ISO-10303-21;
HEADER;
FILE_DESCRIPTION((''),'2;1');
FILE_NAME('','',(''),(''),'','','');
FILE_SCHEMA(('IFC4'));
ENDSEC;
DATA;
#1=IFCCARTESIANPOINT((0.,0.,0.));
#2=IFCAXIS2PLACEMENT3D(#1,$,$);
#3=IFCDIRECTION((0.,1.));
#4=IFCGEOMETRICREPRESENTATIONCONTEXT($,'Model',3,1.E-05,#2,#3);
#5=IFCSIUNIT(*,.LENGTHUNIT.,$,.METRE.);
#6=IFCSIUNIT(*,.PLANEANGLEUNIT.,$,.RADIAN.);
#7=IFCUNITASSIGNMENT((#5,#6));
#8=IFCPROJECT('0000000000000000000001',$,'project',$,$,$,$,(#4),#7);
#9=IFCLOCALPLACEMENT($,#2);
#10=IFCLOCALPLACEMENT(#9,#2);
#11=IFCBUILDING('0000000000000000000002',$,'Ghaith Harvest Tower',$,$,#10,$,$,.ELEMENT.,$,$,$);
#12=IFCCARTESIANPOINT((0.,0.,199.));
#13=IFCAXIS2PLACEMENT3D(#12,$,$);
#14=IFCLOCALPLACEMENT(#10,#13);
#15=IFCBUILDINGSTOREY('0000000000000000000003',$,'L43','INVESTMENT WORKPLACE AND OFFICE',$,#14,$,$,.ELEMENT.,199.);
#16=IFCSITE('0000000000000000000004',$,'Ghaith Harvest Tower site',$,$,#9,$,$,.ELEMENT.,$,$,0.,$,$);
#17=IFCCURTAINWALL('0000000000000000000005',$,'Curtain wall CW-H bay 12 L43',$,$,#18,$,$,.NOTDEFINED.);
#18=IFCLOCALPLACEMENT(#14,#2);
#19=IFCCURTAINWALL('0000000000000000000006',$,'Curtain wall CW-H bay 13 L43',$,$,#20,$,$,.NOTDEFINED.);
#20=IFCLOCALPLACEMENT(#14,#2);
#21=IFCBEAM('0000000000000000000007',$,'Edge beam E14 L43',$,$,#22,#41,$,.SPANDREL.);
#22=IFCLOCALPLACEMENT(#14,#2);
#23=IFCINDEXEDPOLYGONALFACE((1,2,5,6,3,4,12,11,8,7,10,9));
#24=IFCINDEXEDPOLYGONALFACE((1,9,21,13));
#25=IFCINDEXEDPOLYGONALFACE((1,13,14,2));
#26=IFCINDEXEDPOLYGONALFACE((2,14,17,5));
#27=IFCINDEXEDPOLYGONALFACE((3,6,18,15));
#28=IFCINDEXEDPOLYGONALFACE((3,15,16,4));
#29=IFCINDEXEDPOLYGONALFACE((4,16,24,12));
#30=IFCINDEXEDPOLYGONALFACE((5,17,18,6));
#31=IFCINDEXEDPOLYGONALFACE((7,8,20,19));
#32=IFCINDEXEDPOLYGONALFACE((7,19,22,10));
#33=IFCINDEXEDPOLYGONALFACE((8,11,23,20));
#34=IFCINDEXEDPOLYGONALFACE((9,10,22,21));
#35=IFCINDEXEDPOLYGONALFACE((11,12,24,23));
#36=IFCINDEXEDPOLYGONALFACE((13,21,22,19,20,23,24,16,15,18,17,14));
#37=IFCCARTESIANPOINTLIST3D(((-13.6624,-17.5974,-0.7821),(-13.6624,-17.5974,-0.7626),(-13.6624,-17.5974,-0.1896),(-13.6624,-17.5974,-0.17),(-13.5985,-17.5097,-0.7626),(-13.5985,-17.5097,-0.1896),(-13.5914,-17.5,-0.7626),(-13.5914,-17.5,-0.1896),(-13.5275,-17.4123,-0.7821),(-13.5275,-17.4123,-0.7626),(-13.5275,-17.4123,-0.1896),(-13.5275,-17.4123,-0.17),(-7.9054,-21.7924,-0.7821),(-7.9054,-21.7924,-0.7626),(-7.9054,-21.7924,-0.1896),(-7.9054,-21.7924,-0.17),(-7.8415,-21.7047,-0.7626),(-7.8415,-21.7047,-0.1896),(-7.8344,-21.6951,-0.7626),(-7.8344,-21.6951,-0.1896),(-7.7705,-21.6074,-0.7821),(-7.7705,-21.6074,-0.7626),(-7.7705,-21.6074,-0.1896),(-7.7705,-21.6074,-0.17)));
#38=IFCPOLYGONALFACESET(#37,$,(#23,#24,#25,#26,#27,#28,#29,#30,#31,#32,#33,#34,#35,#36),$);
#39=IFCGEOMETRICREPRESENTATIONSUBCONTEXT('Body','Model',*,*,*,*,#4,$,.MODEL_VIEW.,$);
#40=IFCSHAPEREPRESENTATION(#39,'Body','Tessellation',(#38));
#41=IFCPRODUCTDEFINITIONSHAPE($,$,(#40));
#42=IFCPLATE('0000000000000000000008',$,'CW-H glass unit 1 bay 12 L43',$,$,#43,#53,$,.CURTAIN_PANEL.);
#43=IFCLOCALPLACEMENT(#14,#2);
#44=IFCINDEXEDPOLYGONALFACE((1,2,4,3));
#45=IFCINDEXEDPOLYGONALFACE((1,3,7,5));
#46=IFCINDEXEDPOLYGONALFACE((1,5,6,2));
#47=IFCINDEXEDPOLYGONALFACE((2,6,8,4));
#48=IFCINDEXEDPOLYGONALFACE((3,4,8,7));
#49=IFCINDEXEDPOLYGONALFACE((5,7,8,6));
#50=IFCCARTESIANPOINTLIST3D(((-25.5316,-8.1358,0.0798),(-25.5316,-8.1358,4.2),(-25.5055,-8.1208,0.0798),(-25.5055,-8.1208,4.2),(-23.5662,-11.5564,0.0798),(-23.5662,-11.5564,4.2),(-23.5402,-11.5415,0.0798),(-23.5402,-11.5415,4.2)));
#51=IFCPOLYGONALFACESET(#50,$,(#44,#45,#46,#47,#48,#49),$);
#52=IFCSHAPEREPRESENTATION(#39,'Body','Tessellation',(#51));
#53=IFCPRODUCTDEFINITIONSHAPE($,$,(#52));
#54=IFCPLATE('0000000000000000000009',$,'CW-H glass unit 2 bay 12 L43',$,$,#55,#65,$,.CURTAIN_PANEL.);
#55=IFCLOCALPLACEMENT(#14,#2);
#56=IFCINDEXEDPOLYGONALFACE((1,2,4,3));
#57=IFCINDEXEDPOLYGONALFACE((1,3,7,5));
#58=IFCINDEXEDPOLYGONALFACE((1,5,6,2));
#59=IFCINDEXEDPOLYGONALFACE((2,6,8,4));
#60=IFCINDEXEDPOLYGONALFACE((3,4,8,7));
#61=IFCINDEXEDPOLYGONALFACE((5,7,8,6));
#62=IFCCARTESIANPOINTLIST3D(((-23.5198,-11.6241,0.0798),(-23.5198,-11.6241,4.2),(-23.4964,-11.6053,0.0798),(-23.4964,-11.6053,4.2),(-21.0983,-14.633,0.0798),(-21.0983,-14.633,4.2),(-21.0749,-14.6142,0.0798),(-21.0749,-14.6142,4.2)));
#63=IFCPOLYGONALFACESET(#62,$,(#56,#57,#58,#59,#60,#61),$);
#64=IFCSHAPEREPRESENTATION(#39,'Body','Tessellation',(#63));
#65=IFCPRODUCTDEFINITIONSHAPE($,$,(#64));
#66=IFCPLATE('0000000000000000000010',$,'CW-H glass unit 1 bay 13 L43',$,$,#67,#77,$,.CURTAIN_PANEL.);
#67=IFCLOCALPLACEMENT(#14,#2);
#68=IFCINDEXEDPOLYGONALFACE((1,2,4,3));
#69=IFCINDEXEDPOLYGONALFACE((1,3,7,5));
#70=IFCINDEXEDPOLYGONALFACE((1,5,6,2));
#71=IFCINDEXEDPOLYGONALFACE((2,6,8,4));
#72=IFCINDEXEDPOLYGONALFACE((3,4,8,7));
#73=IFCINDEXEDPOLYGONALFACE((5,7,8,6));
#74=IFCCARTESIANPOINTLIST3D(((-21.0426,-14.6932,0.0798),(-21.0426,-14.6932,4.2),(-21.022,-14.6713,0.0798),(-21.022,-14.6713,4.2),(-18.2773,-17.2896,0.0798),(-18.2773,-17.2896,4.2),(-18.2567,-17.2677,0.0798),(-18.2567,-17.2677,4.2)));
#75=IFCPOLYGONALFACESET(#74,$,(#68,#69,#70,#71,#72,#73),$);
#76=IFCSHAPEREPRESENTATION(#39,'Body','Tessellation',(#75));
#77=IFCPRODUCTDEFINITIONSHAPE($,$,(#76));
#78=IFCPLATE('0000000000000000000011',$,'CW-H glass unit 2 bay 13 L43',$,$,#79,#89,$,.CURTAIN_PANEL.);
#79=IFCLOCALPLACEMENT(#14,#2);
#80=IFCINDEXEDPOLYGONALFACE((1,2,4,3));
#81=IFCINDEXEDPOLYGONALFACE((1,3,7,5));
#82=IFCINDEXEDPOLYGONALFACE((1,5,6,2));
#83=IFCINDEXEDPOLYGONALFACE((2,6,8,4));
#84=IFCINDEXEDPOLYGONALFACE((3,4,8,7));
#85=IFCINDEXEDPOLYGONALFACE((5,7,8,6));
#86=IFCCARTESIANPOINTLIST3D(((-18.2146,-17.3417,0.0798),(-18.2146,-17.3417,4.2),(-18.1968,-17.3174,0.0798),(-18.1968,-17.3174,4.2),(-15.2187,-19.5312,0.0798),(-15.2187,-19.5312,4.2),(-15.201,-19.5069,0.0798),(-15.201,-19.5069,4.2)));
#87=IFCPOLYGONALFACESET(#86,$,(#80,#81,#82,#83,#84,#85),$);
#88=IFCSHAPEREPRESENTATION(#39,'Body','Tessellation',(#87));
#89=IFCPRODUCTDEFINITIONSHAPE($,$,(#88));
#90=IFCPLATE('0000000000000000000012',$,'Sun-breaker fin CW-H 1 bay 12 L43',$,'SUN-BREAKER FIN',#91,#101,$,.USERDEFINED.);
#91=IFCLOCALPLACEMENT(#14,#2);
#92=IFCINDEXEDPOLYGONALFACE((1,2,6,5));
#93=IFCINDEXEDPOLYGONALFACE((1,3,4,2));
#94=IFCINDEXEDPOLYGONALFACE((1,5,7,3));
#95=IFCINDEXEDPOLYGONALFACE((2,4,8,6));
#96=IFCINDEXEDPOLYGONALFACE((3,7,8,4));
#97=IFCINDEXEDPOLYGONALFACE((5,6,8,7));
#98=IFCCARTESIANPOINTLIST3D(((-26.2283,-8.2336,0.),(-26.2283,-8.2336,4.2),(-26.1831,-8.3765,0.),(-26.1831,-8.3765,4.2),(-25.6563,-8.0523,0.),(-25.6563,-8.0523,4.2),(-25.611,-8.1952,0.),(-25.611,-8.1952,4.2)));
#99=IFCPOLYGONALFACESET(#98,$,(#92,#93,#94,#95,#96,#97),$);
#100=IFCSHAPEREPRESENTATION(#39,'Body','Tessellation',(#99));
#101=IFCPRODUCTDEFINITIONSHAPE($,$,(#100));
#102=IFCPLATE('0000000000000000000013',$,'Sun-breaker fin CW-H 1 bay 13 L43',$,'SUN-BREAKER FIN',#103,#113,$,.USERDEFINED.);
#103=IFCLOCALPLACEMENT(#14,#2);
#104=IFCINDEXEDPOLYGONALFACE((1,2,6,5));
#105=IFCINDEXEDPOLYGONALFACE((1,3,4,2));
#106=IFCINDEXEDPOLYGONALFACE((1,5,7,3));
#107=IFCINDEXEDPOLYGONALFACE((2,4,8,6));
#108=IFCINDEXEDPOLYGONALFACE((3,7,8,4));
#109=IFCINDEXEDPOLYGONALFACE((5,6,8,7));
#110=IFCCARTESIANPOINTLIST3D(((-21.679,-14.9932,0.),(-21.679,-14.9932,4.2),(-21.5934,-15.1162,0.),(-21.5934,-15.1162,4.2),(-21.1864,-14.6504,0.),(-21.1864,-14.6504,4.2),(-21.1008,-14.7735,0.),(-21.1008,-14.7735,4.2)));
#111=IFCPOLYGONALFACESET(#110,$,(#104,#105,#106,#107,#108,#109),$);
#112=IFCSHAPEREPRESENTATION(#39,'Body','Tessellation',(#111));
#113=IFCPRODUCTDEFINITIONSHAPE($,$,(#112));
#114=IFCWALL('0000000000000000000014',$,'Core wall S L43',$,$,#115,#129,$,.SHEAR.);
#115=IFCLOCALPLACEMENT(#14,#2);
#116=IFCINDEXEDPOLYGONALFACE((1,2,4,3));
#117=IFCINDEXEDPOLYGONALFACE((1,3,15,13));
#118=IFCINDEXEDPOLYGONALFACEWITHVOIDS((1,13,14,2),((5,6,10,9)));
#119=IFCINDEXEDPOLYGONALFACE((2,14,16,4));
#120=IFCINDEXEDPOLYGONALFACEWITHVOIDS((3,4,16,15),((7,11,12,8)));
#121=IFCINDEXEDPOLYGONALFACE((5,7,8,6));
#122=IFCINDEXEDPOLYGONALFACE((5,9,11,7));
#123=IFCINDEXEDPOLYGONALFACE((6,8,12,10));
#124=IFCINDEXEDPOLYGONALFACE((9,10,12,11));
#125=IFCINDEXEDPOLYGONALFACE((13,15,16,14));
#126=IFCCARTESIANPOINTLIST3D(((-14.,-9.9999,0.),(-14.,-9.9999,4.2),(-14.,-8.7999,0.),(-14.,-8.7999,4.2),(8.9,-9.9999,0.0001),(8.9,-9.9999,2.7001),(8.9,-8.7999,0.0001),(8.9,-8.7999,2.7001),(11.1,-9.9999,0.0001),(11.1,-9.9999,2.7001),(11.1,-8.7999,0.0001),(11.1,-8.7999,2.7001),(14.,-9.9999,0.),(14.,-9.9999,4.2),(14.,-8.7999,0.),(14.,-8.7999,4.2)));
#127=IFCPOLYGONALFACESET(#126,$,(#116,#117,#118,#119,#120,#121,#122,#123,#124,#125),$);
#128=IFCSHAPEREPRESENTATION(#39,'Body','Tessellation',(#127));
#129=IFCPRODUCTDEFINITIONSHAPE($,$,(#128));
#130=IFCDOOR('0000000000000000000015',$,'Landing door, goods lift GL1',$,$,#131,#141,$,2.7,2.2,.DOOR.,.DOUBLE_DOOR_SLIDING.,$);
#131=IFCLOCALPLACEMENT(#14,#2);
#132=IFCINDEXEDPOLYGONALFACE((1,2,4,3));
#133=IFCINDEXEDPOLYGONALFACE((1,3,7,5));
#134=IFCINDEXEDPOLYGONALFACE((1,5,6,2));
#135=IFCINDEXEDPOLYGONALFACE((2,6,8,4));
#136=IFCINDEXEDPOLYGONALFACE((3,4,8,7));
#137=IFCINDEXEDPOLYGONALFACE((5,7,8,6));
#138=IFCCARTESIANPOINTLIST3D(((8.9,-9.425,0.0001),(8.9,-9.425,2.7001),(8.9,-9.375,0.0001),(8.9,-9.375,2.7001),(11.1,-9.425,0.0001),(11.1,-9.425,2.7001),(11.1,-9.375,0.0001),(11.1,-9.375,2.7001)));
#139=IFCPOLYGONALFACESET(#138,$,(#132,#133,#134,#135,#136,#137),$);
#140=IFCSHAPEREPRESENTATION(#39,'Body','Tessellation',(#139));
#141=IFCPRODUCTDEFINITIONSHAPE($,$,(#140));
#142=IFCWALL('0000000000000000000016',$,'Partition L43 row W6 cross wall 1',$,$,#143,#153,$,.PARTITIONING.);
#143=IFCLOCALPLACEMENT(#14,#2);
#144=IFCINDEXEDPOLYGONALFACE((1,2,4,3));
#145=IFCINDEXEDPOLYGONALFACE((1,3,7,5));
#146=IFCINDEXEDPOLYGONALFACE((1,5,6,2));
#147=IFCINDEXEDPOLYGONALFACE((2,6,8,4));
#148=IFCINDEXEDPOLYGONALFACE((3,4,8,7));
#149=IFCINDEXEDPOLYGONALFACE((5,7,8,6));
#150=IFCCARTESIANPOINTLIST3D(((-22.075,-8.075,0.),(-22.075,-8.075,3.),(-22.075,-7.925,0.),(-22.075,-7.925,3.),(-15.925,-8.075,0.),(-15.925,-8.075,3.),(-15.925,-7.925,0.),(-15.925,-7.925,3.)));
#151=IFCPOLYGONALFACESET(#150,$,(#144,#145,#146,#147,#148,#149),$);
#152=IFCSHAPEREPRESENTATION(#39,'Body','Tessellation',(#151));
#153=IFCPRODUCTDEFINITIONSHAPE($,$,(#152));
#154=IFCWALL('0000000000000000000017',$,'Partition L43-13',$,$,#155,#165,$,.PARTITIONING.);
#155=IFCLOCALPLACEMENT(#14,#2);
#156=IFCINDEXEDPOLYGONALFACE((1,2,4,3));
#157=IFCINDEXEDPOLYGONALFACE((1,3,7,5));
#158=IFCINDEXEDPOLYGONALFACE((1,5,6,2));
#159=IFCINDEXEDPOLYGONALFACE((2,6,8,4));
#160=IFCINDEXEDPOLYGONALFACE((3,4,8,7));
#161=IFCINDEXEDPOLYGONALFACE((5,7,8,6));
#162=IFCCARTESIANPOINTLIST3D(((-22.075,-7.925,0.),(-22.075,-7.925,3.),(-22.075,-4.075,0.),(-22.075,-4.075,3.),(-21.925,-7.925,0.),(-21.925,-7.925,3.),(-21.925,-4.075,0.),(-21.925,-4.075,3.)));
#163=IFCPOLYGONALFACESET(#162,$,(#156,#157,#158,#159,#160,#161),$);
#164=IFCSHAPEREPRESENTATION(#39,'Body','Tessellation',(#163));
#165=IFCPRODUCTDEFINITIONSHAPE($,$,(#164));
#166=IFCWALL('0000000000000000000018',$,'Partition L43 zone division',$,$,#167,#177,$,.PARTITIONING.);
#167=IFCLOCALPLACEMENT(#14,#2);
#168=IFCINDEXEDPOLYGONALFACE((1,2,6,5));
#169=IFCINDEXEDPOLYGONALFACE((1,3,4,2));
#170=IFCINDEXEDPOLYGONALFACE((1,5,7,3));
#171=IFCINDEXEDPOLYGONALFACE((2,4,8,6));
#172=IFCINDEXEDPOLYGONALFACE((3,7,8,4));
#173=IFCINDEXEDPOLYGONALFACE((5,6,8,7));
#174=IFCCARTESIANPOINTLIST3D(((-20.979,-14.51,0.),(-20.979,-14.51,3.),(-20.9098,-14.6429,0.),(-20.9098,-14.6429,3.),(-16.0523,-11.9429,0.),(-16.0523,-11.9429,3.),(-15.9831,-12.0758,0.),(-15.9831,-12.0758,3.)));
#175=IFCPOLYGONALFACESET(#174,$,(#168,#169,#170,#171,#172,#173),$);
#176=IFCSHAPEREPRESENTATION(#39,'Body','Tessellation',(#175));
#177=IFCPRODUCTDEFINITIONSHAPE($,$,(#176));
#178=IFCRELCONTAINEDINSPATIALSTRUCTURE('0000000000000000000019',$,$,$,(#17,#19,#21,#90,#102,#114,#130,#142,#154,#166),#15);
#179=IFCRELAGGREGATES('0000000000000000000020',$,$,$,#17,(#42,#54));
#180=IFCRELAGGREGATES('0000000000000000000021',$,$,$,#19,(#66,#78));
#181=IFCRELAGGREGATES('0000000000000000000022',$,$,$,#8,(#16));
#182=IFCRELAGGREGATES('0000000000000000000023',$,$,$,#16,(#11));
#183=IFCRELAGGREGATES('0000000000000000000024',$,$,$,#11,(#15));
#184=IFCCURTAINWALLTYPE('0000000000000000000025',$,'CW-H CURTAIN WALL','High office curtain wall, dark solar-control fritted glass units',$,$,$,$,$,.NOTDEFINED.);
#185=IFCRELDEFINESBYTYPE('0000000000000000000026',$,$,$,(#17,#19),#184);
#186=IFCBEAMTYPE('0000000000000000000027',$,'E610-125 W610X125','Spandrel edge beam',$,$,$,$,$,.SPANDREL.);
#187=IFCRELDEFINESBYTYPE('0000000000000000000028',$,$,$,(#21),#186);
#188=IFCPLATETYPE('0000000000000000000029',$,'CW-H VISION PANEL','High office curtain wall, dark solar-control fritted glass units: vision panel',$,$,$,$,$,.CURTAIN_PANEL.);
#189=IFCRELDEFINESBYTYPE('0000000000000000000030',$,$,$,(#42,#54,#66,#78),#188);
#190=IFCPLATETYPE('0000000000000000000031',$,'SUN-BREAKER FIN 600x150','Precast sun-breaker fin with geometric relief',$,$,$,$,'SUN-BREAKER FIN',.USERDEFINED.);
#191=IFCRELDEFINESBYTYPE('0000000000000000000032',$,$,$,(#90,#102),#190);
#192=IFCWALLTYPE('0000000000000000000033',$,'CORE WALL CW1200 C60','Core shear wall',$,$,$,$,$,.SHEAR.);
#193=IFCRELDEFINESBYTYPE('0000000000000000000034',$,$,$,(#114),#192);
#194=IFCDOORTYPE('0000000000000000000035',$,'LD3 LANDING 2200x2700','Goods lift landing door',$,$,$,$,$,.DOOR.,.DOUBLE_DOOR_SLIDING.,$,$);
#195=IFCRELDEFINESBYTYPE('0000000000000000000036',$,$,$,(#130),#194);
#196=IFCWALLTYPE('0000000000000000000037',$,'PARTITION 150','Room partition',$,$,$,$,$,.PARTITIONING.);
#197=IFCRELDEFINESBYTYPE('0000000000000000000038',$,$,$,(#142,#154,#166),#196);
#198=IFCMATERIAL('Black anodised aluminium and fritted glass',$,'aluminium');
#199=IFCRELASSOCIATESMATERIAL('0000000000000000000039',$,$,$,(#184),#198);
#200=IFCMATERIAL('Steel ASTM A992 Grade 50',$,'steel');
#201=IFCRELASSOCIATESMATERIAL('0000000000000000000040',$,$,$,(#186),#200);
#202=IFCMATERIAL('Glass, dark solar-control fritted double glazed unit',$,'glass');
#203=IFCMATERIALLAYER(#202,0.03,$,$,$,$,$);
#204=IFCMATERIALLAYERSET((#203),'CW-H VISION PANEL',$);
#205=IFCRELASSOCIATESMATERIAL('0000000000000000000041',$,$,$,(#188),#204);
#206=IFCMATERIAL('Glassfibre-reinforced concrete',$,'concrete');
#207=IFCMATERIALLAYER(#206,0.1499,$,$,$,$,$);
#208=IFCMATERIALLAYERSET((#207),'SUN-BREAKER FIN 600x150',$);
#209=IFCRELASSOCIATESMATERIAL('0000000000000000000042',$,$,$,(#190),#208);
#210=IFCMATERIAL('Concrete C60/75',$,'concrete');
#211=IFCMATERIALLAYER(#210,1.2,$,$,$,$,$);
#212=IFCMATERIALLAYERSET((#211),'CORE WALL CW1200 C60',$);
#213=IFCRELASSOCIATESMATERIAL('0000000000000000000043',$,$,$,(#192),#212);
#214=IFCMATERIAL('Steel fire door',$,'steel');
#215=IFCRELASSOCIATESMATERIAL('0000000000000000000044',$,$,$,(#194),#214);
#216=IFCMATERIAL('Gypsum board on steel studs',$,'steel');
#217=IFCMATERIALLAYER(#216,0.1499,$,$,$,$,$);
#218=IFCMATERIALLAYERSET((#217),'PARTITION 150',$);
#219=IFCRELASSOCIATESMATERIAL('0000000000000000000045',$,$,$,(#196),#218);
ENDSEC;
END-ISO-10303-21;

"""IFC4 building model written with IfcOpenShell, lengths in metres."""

from ifc_helpers import new_model, si_unit, direction, frame, frame_2d, origin, origin_2d, place, context, subcontext, project, spatial, rectangle, i_section, extrude, material, layer, layer_set, material_profile, profile_set, type_object, element, fill, aggregate, save


model = new_model("IFC4")

# Units and contexts
model_context = context("Model", 3, precision=1e-05, world=origin(), true_north=direction((0.0, 1.0)))
body_context = subcontext(model_context, "Body", "Model", "MODEL_VIEW")
ifc_project = project(units=[si_unit("LENGTHUNIT", "METRE"), si_unit("PLANEANGLEUNIT", "RADIAN")], contexts=[model_context])

# Site, building, storey
site_placement = place(None, origin())
site = spatial("IfcSite", under=ifc_project, at=site_placement, Name="Ghaith Harvest Tower site", CompositionType="ELEMENT", RefElevation=0.0)
building_placement = place(site_placement, origin())
building = spatial("IfcBuilding", under=site, at=building_placement, Name="Ghaith Harvest Tower", CompositionType="ELEMENT")
storey_placement = place(building_placement, frame((0.0, 0.0, 199.0)))
storey = spatial("IfcBuildingStorey", under=building, at=storey_placement, Name="L43", Description="INVESTMENT WORKPLACE AND OFFICE", CompositionType="ELEMENT", Elevation=199.0)

# Curtain walls
ifc_material_1 = material(Name="Black anodised aluminium and fritted glass", Category="aluminium")
curtain_wall_type = type_object("IfcCurtainWallType", Name="CW-H CURTAIN WALL", Description="High office curtain wall, dark solar-control fritted glass units", PredefinedType="NOTDEFINED", material=ifc_material_1)
curtain_wall_1_placement = place(storey_placement, origin())
curtain_wall_1 = element("IfcCurtainWall", 1, at=curtain_wall_1_placement, inside=storey, type_object=curtain_wall_type, Name="Curtain wall CW-H bay 12 L43", PredefinedType="NOTDEFINED")
curtain_wall_2_placement = place(storey_placement, origin())
curtain_wall_2 = element("IfcCurtainWall", 2, at=curtain_wall_2_placement, inside=storey, type_object=curtain_wall_type, Name="Curtain wall CW-H bay 13 L43", PredefinedType="NOTDEFINED")

# Beam
ifc_material_2 = material(Name="Steel ASTM A992 Grade 50", Category="steel")
ifc_material_profile_1 = material_profile(ifc_material_2, i_section(OverallWidth=0.229, OverallDepth=0.6121, WebThickness=0.012, FlangeThickness=0.0195, at=origin_2d()), Name="W610X125")
ifc_profile_set_1 = profile_set([ifc_material_profile_1], Name="Steel ASTM A992 Grade 50")
beam_type = type_object("IfcBeamType", Name="E610-125 W610X125", Description="Spandrel edge beam", PredefinedType="SPANDREL", material=ifc_profile_set_1)
beam_1_placement = place(storey_placement, frame((-13.595, -17.5049, -0.4761), z_axis=(0.808195, -0.588915, 0.0), x_axis=(0.588915, 0.808195, 0.0)))
element("IfcBeam", 3, at=beam_1_placement, inside=storey, type_object=beam_type, Name="Edge beam E14 L43", PredefinedType="SPANDREL", context=body_context, shape_type="SweptSolid", body=[
    extrude(i_section(OverallWidth=0.229, OverallDepth=0.6121, WebThickness=0.012, FlangeThickness=0.0195, at=origin_2d()), origin(), (0.0, 0.0, 1.0), 7.1233),
])

# Plates
ifc_material_3 = material(Name="Glass, dark solar-control fritted double glazed unit", Category="glass")
ifc_layer_1 = layer(ifc_material_3, 0.03)
ifc_layer_set_1 = layer_set([ifc_layer_1], Name="CW-H VISION PANEL")
plate_type_1 = type_object("IfcPlateType", Name="CW-H VISION PANEL", Description="High office curtain wall, dark solar-control fritted glass units: vision panel", PredefinedType="CURTAIN_PANEL", material=ifc_layer_set_1)
plate_1_placement = place(storey_placement, frame((-24.5359, -9.8386, 0.0798), z_axis=(0.0, 0.0, 1.0), x_axis=(0.49818, -0.867074, 0.0)))
plate_1 = element("IfcPlate", 4, at=plate_1_placement, type_object=plate_type_1, Name="CW-H glass unit 1 bay 12 L43", PredefinedType="CURTAIN_PANEL", context=body_context, shape_type="SweptSolid", body=[
    extrude(rectangle(XDim=3.9451, YDim=0.03, at=origin_2d()), origin(), (0.0, 0.0, 1.0), 4.1201),
])
plate_2_placement = place(storey_placement, frame((-22.2974, -13.1191, 0.0798), z_axis=(0.0, 0.0, 1.0), x_axis=(0.626957, -0.779054, 0.0)))
plate_2 = element("IfcPlate", 5, at=plate_2_placement, type_object=plate_type_1, Name="CW-H glass unit 2 bay 12 L43", PredefinedType="CURTAIN_PANEL", context=body_context, shape_type="SweptSolid", body=[
    extrude(rectangle(XDim=3.8623, YDim=0.03, at=origin_2d()), origin(), (0.0, 0.0, 1.0), 4.1201),
])
aggregate(curtain_wall_1, [plate_1, plate_2])
plate_3_placement = place(storey_placement, frame((-19.6497, -15.9805, 0.0798), z_axis=(0.0, 0.0, 1.0), x_axis=(0.729017, -0.684496, 0.0)))
plate_3 = element("IfcPlate", 6, at=plate_3_placement, type_object=plate_type_1, Name="CW-H glass unit 1 bay 13 L43", PredefinedType="CURTAIN_PANEL", context=body_context, shape_type="SweptSolid", body=[
    extrude(rectangle(XDim=3.7932, YDim=0.03, at=origin_2d()), origin(), (0.0, 0.0, 1.0), 4.1201),
])
plate_4_placement = place(storey_placement, frame((-16.7078, -18.4243, 0.0798), z_axis=(0.0, 0.0, 1.0), x_axis=(0.807364, -0.590054, 0.0)))
plate_4 = element("IfcPlate", 7, at=plate_4_placement, type_object=plate_type_1, Name="CW-H glass unit 2 bay 13 L43", PredefinedType="CURTAIN_PANEL", context=body_context, shape_type="SweptSolid", body=[
    extrude(rectangle(XDim=3.7107, YDim=0.03, at=origin_2d()), origin(), (0.0, 0.0, 1.0), 4.1201),
])
aggregate(curtain_wall_2, [plate_3, plate_4])

# Plates
ifc_material_4 = material(Name="Glassfibre-reinforced concrete", Category="concrete")
ifc_layer_2 = layer(ifc_material_4, 0.1499)
ifc_layer_set_2 = layer_set([ifc_layer_2], Name="SUN-BREAKER FIN 600x150")
plate_type_2 = type_object("IfcPlateType", Name="SUN-BREAKER FIN 600x150", Description="Precast sun-breaker fin with geometric relief", ElementType="SUN-BREAKER FIN", PredefinedType="USERDEFINED", material=ifc_layer_set_2)
for number, where, z_axis, x_axis, name in (
    (8, (-25.9197, -8.2144, 0.0), (0.0, 0.0, 1.0), (-0.953273, -0.30211, 0.0), "Sun-breaker fin CW-H 1 bay 12 L43"),
    (9, (-21.3899, -14.8833, 0.0), (0.0, 0.0, 1.0), (-0.820845, -0.57115, 0.0), "Sun-breaker fin CW-H 1 bay 13 L43"),
):
    element("IfcPlate", number, at=place(storey_placement, frame(where, z_axis=z_axis, x_axis=x_axis)), inside=storey, type_object=plate_type_2, Name=name, ObjectType="SUN-BREAKER FIN", PredefinedType="USERDEFINED", context=body_context, shape_type="SweptSolid", body=[
        extrude(rectangle(XDim=0.6001, YDim=0.1499, at=origin_2d()), origin(), (0.0, 0.0, 1.0), 4.2),
    ])

# Wall, opening, door
ifc_material_5 = material(Name="Concrete C60/75", Category="concrete")
ifc_layer_3 = layer(ifc_material_5, 1.2)
ifc_layer_set_3 = layer_set([ifc_layer_3], Name="CORE WALL CW1200 C60")
wall_type_1 = type_object("IfcWallType", Name="CORE WALL CW1200 C60", Description="Core shear wall", PredefinedType="SHEAR", material=ifc_layer_set_3)
wall_1_placement = place(storey_placement, frame((-14.0, -9.3999, 0.0), z_axis=(0.0, 0.0, 1.0), x_axis=(1.0, 0.0, 0.0)))
wall_1 = element("IfcWall", 10, at=wall_1_placement, inside=storey, type_object=wall_type_1, Name="Core wall S L43", PredefinedType="SHEAR", context=body_context, shape_type="SweptSolid", body=[
    extrude(rectangle(XDim=28.0, YDim=1.2, at=frame_2d((14.0, 0.0))), origin(), (0.0, 0.0, 1.0), 4.2),
])
opening_placement = place(wall_1_placement, frame((22.8999, 0.0, 0.0)))
opening = element("IfcOpeningElement", 11, at=opening_placement, cuts=wall_1, PredefinedType="OPENING", context=body_context, shape_type="SweptSolid", body=[
    extrude(rectangle(XDim=2.2, YDim=2.7, at=frame_2d((1.1001, 1.3501))), frame((0.0, 0.6099, 0.0), z_axis=(0.0, -1.0, 0.0), x_axis=(1.0, 0.0, 0.0)), (0.0, 0.0, 1.0), 1.22),
])
ifc_material_6 = material(Name="Steel fire door", Category="steel")
door_type = type_object("IfcDoorType", Name="LD3 LANDING 2200x2700", Description="Goods lift landing door", OperationType="DOUBLE_DOOR_SLIDING", PredefinedType="DOOR", material=ifc_material_6)
door_placement = place(opening_placement, origin())
door = element("IfcDoor", 12, at=door_placement, inside=storey, type_object=door_type, Name="Landing door, goods lift GL1", OperationType="DOUBLE_DOOR_SLIDING", OverallHeight=2.7, OverallWidth=2.2, PredefinedType="DOOR", context=body_context, shape_type="SweptSolid", body=[
    extrude(rectangle(XDim=2.2, YDim=2.7, at=frame_2d((1.1001, 1.3501))), frame((0.0, 0.0249, 0.0), z_axis=(0.0, -1.0, 0.0), x_axis=(1.0, 0.0, 0.0)), (0.0, 0.0, 1.0), 0.05),
])
fill(opening, door)

# Walls
ifc_material_7 = material(Name="Gypsum board on steel studs", Category="steel")
ifc_layer_4 = layer(ifc_material_7, 0.1499)
ifc_layer_set_4 = layer_set([ifc_layer_4], Name="PARTITION 150")
wall_type_2 = type_object("IfcWallType", Name="PARTITION 150", Description="Room partition", PredefinedType="PARTITIONING", material=ifc_layer_set_4)
wall_2_placement = place(storey_placement, frame((-15.925, -8.0, 0.0), z_axis=(0.0, 0.0, 1.0), x_axis=(-1.0, 0.0, 0.0)))
element("IfcWall", 13, at=wall_2_placement, inside=storey, type_object=wall_type_2, Name="Partition L43 row W6 cross wall 1", PredefinedType="PARTITIONING", context=body_context, shape_type="SweptSolid", body=[
    extrude(rectangle(XDim=6.1499, YDim=0.1499, at=frame_2d((3.075, 0.0))), origin(), (0.0, 0.0, 1.0), 3.0),
])
wall_3_placement = place(storey_placement, frame((-22.0, -7.925, 0.0), z_axis=(0.0, 0.0, 1.0), x_axis=(0.0, 1.0, 0.0)))
element("IfcWall", 14, at=wall_3_placement, inside=storey, type_object=wall_type_2, Name="Partition L43-13", PredefinedType="PARTITIONING", context=body_context, shape_type="SweptSolid", body=[
    extrude(rectangle(XDim=3.8501, YDim=0.1499, at=frame_2d((1.925, 0.0))), origin(), (0.0, 0.0, 1.0), 3.0),
])
wall_4_placement = place(storey_placement, frame((-16.0176, -12.0093, 0.0), z_axis=(0.0, 0.0, 1.0), x_axis=(-0.886832, -0.462093, 0.0)))
element("IfcWall", 15, at=wall_4_placement, inside=storey, type_object=wall_type_2, Name="Partition L43 zone division", PredefinedType="PARTITIONING", context=body_context, shape_type="SweptSolid", body=[
    extrude(rectangle(XDim=5.5554, YDim=0.1499, at=frame_2d((2.7778, 0.0))), origin(), (0.0, 0.0, 1.0), 3.0),
])

save(model, "model.ifc")
